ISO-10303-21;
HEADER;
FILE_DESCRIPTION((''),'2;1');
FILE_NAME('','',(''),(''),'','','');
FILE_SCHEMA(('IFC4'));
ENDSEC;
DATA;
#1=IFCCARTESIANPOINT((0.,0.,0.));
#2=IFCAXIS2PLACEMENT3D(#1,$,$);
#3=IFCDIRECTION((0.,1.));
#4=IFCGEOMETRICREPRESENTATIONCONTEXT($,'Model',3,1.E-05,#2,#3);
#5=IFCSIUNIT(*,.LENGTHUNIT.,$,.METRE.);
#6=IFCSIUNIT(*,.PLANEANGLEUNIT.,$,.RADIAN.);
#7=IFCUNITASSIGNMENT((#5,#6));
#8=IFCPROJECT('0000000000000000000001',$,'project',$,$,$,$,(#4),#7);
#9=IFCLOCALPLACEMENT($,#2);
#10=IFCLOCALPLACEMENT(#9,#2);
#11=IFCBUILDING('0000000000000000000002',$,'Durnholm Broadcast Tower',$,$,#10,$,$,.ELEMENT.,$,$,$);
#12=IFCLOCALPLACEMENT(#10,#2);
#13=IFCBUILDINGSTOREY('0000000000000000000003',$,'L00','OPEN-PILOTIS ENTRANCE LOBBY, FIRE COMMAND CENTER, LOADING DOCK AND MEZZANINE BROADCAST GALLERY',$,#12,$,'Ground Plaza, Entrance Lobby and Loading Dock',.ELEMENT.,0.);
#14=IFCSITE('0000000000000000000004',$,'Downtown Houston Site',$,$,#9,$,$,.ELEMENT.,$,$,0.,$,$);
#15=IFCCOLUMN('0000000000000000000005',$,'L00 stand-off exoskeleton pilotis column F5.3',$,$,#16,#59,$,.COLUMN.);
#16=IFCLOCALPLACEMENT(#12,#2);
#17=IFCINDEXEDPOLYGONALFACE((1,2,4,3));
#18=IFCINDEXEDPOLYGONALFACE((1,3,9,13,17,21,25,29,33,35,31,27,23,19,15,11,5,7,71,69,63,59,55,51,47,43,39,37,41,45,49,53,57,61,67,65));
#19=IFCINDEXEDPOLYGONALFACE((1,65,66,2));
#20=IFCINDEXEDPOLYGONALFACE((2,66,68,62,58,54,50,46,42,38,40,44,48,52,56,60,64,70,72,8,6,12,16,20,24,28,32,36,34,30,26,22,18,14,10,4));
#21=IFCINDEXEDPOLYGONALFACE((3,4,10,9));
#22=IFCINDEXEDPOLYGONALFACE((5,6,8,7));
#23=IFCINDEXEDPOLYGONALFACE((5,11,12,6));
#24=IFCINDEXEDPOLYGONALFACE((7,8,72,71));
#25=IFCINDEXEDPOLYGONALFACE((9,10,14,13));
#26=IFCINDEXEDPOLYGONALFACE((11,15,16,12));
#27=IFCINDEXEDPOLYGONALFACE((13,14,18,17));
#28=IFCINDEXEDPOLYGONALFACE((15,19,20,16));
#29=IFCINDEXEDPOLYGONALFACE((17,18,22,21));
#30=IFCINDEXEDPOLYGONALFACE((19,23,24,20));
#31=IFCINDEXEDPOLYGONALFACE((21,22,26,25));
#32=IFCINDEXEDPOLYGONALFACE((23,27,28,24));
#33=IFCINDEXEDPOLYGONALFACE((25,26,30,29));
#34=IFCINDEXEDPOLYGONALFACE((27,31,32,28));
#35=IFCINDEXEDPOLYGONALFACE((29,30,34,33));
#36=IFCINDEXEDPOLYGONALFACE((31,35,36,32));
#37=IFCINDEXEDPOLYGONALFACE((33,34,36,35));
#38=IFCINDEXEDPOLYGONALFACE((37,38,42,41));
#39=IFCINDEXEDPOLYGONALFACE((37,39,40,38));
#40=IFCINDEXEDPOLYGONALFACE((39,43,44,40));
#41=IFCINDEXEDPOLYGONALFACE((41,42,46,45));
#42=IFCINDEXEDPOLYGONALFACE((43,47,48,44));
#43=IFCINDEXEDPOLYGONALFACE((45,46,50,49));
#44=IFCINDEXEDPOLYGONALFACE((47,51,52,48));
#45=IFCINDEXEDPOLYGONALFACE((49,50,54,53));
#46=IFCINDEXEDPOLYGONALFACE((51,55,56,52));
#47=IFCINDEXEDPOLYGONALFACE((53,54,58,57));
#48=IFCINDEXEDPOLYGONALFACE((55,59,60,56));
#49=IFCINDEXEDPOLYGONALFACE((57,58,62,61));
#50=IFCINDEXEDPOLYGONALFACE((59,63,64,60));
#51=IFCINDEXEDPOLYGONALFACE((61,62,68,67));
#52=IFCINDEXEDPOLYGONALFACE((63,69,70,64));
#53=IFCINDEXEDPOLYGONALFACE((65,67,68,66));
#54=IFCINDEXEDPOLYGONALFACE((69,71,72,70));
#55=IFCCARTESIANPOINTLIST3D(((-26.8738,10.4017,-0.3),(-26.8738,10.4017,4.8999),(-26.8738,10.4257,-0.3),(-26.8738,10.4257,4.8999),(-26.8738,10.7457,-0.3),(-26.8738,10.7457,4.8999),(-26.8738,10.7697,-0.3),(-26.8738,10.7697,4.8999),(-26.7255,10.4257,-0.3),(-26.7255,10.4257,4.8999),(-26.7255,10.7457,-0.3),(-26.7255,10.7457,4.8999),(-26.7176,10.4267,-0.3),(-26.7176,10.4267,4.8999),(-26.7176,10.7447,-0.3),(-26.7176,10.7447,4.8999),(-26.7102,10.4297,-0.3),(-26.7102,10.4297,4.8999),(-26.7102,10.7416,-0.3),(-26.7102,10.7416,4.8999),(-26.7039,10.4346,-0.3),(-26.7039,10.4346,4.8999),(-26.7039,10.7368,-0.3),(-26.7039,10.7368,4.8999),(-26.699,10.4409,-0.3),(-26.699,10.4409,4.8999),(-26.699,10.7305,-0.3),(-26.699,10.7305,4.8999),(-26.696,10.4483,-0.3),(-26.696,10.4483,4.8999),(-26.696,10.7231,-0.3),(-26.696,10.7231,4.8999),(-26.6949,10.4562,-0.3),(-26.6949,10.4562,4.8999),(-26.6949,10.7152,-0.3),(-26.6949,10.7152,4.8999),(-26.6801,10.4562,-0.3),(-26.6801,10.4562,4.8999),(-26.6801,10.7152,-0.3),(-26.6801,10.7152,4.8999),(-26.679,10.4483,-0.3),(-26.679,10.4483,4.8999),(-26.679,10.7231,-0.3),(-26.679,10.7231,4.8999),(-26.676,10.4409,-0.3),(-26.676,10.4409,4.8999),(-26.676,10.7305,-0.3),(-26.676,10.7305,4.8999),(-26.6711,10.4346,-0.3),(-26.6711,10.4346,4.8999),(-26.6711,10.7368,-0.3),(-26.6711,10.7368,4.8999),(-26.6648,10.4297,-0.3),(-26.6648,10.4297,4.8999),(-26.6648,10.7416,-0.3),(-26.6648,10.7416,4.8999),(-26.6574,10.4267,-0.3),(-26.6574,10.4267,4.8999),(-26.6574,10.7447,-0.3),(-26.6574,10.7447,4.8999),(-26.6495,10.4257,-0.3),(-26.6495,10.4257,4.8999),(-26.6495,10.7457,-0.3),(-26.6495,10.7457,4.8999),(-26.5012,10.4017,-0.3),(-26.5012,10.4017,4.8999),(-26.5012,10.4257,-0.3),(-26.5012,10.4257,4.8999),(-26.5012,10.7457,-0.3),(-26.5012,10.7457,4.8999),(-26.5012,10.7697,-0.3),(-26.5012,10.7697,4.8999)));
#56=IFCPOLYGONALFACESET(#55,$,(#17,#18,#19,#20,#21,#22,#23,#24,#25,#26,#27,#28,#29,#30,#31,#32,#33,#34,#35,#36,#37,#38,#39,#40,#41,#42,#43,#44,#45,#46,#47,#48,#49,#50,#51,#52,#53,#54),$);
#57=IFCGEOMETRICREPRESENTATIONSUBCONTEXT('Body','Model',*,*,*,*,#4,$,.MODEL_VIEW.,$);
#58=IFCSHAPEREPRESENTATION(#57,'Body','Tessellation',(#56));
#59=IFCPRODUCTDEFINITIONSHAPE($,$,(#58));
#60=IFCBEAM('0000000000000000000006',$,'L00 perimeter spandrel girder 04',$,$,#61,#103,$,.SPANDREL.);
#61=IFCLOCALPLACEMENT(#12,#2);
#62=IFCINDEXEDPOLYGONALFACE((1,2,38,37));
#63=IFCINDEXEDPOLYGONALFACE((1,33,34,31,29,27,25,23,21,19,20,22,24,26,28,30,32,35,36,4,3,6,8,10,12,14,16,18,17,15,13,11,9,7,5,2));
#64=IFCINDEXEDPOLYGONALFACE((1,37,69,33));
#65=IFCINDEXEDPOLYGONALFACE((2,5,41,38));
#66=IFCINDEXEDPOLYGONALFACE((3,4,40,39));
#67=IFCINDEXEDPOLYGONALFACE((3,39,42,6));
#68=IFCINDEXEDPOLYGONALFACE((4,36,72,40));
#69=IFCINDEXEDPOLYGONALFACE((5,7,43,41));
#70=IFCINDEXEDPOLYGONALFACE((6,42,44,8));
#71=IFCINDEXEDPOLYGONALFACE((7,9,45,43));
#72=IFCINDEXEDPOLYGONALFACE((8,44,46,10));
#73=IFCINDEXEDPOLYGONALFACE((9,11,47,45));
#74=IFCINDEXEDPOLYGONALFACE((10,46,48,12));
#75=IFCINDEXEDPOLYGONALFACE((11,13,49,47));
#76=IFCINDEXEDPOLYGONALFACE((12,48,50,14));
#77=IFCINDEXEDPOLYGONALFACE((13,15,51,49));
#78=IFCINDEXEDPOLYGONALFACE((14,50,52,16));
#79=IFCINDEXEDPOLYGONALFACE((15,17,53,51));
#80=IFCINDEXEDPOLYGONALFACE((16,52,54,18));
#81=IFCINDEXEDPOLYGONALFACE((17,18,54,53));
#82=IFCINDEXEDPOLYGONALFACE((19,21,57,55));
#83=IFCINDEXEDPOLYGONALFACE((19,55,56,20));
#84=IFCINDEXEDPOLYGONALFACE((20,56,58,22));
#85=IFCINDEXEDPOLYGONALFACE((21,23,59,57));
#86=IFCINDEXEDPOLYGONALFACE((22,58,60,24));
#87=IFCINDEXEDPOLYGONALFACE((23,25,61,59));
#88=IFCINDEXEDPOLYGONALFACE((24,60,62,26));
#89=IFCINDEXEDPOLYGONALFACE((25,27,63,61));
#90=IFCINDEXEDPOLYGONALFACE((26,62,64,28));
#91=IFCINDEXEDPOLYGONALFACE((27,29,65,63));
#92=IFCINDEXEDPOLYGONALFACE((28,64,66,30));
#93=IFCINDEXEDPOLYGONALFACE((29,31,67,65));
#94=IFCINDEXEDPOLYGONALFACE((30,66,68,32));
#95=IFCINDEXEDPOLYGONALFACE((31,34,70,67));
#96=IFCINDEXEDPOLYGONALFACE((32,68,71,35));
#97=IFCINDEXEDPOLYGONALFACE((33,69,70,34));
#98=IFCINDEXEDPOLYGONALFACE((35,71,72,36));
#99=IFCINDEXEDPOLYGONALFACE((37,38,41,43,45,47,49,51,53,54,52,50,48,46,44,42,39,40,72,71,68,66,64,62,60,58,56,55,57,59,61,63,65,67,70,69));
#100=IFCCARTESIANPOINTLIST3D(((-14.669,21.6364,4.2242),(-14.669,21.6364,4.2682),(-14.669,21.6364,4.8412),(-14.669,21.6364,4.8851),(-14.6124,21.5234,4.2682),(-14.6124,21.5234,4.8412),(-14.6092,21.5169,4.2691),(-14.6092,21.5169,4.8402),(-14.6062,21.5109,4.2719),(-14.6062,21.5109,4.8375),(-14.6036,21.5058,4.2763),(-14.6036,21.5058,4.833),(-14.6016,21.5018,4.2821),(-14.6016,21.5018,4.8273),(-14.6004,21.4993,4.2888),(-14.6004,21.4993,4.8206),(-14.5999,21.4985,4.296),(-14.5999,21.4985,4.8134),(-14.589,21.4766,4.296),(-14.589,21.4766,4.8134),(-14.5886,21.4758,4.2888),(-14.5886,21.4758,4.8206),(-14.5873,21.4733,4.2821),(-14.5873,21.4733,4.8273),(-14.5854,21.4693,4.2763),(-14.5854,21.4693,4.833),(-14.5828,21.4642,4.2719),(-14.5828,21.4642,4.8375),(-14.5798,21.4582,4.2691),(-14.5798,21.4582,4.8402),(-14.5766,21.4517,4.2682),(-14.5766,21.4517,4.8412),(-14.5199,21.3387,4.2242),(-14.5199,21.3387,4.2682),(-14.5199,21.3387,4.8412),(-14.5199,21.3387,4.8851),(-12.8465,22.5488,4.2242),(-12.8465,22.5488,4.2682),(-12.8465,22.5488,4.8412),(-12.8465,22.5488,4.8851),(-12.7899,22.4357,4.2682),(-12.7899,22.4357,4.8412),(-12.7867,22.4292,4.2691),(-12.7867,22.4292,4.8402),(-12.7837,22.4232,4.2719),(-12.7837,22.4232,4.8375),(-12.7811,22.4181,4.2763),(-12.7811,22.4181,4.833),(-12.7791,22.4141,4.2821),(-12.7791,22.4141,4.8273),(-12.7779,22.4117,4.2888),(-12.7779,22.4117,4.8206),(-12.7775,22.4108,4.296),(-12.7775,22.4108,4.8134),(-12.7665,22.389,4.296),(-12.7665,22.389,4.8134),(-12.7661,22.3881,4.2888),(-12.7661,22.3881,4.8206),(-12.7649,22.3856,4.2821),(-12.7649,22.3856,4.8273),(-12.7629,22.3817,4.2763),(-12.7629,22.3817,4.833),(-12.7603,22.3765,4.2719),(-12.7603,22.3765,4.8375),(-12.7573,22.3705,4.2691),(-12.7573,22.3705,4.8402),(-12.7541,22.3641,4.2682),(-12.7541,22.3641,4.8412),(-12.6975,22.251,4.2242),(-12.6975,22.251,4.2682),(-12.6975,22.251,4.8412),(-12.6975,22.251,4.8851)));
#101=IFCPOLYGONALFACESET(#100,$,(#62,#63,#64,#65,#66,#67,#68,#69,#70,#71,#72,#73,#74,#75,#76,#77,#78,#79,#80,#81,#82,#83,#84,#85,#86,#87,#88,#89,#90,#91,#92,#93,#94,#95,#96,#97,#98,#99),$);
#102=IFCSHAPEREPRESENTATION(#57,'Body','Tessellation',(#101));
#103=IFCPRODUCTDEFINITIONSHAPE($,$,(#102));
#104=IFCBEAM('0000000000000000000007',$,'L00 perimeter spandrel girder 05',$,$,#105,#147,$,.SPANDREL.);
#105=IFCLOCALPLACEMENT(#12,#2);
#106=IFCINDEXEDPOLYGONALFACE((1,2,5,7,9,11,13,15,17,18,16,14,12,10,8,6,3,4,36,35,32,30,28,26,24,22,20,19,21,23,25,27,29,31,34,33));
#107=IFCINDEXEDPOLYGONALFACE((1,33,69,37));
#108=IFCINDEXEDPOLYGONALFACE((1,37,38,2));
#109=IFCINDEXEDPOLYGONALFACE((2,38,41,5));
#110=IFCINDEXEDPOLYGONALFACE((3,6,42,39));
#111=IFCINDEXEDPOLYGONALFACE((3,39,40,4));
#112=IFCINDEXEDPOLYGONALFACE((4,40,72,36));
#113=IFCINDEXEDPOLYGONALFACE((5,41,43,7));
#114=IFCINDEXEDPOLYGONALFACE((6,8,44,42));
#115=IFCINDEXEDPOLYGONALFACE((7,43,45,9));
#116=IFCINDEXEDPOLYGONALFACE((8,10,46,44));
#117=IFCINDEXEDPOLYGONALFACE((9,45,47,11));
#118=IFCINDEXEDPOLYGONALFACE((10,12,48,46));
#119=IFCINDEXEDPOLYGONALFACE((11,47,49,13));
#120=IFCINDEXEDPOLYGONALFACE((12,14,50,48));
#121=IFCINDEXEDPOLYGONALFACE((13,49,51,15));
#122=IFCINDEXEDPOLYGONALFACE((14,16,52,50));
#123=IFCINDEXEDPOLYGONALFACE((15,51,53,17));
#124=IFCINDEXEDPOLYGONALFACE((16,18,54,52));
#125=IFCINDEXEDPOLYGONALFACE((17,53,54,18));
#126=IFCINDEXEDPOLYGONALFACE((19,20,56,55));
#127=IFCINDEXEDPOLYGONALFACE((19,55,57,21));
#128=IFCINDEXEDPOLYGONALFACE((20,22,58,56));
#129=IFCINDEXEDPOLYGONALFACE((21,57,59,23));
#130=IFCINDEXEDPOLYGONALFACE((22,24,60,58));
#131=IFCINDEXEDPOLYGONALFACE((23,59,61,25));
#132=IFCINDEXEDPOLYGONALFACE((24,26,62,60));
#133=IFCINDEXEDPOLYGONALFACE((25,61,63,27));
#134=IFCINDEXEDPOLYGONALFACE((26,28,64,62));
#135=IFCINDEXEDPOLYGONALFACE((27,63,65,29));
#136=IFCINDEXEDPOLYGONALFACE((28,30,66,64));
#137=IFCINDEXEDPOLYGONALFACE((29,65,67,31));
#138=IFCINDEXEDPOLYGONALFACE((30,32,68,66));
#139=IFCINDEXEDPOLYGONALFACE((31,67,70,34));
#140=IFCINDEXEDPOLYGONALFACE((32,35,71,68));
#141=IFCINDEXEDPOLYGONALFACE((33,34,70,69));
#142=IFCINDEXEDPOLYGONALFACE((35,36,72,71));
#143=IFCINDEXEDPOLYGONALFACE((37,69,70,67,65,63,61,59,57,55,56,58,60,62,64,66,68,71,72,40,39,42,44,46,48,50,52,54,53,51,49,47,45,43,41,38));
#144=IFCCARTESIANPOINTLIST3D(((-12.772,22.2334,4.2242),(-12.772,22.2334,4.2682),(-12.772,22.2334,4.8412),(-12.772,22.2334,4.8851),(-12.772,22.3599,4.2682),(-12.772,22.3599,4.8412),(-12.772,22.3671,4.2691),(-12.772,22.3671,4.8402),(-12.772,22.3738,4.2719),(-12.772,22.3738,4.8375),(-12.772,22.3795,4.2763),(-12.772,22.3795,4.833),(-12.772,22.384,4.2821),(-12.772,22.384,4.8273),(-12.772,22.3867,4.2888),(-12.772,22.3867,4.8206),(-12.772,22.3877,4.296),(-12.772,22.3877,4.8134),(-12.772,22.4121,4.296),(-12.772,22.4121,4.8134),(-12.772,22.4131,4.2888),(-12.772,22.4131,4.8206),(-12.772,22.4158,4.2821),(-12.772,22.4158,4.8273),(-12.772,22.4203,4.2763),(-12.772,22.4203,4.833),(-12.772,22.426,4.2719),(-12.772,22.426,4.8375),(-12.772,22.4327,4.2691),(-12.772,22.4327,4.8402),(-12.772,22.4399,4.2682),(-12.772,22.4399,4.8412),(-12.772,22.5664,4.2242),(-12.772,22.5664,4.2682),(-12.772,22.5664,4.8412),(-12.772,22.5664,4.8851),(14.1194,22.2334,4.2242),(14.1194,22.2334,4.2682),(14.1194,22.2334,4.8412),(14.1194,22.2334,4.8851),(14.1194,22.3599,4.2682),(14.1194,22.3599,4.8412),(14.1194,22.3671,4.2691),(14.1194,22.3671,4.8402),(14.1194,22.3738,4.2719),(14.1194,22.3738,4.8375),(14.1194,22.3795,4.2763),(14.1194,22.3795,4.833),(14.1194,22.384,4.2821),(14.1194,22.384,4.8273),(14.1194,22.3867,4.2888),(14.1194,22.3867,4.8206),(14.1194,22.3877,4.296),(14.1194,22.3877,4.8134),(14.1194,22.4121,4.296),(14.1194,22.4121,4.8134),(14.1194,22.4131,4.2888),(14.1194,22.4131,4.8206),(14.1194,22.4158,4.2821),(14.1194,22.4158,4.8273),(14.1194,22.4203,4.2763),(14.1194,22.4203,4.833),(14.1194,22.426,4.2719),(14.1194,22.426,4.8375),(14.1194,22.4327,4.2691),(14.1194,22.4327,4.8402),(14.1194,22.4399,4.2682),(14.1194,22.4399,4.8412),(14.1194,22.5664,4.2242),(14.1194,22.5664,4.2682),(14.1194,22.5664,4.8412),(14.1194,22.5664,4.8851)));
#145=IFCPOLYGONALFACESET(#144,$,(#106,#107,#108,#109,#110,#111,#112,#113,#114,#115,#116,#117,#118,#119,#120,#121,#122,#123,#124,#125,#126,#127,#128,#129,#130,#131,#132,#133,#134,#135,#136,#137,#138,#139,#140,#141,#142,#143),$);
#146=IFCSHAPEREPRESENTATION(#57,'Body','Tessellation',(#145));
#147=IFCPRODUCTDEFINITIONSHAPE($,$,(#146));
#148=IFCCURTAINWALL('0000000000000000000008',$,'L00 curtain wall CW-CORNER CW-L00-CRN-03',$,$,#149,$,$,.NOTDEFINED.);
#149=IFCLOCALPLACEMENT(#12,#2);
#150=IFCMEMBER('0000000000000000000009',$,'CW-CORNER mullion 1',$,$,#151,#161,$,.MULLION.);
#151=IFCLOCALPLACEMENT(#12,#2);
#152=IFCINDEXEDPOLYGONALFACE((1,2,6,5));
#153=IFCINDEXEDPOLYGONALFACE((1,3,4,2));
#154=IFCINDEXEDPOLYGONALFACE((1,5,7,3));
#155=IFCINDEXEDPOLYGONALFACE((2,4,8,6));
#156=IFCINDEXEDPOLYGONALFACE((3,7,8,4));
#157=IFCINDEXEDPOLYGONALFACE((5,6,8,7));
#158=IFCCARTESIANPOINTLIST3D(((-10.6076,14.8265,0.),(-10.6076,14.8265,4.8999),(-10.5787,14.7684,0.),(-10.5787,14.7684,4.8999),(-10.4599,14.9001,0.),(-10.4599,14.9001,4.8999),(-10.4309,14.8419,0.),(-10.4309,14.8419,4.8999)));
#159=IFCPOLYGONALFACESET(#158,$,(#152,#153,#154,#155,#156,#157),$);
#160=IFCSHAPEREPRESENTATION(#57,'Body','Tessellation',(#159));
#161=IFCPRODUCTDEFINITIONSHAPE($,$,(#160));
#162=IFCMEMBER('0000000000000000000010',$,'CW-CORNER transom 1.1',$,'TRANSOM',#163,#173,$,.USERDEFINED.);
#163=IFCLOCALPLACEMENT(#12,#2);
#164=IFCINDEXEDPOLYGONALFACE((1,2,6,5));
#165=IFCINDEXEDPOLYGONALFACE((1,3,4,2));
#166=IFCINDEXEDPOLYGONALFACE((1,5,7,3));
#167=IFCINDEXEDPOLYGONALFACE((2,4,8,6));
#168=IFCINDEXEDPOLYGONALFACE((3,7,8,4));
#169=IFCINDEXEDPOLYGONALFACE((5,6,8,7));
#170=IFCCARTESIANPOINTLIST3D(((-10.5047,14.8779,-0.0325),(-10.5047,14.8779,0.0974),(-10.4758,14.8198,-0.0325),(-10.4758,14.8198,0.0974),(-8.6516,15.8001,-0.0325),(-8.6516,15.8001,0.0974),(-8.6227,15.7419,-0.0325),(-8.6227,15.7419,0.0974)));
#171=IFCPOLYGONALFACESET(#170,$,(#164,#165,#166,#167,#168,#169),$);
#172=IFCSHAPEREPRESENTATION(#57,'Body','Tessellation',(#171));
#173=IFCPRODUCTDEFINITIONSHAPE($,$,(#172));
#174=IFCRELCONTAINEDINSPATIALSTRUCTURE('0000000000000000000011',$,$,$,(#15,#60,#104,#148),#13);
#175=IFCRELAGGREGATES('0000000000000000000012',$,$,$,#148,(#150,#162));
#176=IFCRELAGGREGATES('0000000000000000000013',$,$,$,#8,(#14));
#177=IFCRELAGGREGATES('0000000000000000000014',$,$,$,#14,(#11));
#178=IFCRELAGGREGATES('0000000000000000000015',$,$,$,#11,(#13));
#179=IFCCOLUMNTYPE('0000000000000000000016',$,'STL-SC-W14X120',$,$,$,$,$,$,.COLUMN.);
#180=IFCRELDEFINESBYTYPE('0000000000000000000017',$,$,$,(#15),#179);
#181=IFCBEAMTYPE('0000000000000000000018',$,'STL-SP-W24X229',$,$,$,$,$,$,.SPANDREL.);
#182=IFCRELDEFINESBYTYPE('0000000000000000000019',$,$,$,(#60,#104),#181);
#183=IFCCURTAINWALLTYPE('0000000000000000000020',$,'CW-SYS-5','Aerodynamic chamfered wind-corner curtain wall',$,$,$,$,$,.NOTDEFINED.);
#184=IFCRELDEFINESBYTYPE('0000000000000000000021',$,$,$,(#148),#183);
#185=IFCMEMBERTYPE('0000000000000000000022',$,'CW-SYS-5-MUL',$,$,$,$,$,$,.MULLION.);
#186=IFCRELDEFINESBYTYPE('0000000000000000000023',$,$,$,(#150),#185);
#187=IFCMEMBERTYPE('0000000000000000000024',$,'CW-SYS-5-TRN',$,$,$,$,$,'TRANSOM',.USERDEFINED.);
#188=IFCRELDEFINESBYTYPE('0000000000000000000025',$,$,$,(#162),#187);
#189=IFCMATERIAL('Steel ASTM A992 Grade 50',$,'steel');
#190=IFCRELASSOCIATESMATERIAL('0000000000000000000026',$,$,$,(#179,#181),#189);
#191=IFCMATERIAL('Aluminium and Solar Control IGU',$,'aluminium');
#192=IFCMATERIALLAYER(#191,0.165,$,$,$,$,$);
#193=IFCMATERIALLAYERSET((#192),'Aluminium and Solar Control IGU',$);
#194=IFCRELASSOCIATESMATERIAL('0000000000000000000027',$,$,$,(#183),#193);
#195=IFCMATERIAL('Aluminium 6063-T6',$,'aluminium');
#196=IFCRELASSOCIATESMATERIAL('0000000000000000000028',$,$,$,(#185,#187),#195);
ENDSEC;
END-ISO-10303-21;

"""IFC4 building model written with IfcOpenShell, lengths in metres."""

from ifc_helpers import new_model, si_unit, direction, frame, origin, origin_2d, place, context, subcontext, project, spatial, rectangle, i_section, extrude, source, transform, mapped, material, layer, layer_set, material_profile, profile_set, type_object, type_shapes, element, aggregate, save


model = new_model("IFC4")

# Units and contexts
model_context = context("Model", 3, precision=1e-05, world=origin(), true_north=direction((0.0, 1.0)))
body_context = subcontext(model_context, "Body", "Model", "MODEL_VIEW")
ifc_project = project(units=[si_unit("LENGTHUNIT", "METRE"), si_unit("PLANEANGLEUNIT", "RADIAN")], contexts=[model_context])

# Site, building, storey
site_placement = place(None, origin())
site = spatial("IfcSite", under=ifc_project, at=site_placement, Name="Downtown Houston Site", CompositionType="ELEMENT", RefElevation=0.0)
building_placement = place(site_placement, origin())
building = spatial("IfcBuilding", under=site, at=building_placement, Name="Durnholm Broadcast Tower", CompositionType="ELEMENT")
storey_placement = place(building_placement, origin())
storey = spatial("IfcBuildingStorey", under=building, at=storey_placement, Name="L00", Description="OPEN-PILOTIS ENTRANCE LOBBY, FIRE COMMAND CENTER, LOADING DOCK AND MEZZANINE BROADCAST GALLERY", LongName="Ground Plaza, Entrance Lobby and Loading Dock", CompositionType="ELEMENT", Elevation=0.0)

# Column
ifc_material_1 = material(Name="Steel ASTM A992 Grade 50", Category="steel")
ifc_material_profile_1 = material_profile(ifc_material_1, i_section(OverallWidth=0.3726, OverallDepth=0.3679, WebThickness=0.0149, FlangeThickness=0.0239, FilletRadius=0.0305, at=origin_2d()), Name="W14X120")
ifc_profile_set_1 = profile_set([ifc_material_profile_1], Name="Steel ASTM A992 Grade 50")
column_type_1 = type_object("IfcColumnType", Name="STL-SC-W14X120", PredefinedType="COLUMN", material=ifc_profile_set_1)
shared_shape_1 = source(origin(), body_context, "Body", "SweptSolid", [
    extrude(i_section(OverallWidth=0.3726, OverallDepth=0.3679, WebThickness=0.0149, FlangeThickness=0.0239, FilletRadius=0.0305, at=origin_2d()), origin(), (0.0, 0.0, 1.0), 5.2),
])
type_shapes(column_type_1, [shared_shape_1])
for number, where, z_axis, x_axis, name in (
    (1, (-26.6875, 10.5857, -0.3), (0.0, 0.0, 1.0), (1.0, 0.0, 0.0), "L00 stand-off exoskeleton pilotis column F5.3"),
):
    element("IfcColumn", number, at=place(storey_placement, frame(where, z_axis=z_axis, x_axis=x_axis)), inside=storey, type_object=column_type_1, Name=name, PredefinedType="COLUMN", context=body_context, shape_type="MappedRepresentation", body=[
        mapped(shared_shape_1, transform((0.0, 0.0, 0.0), x_axis=(1.0, 0.0, 0.0), y_axis=(0.0, 1.0, 0.0), z_axis=(0.0, 0.0, 1.0), scale=1.0)),
    ])

# Beams
ifc_material_profile_2 = material_profile(ifc_material_1, i_section(OverallWidth=0.333, OverallDepth=0.6609, WebThickness=0.0244, FlangeThickness=0.0439, FilletRadius=0.0278, at=origin_2d()), Name="W24X229")
ifc_profile_set_2 = profile_set([ifc_material_profile_2], Name="Steel ASTM A992 Grade 50")
beam_type = type_object("IfcBeamType", Name="STL-SP-W24X229", PredefinedType="SPANDREL", material=ifc_profile_set_2)
shared_shape_2 = source(origin(), body_context, "Body", "SweptSolid", [
    extrude(i_section(OverallWidth=0.333, OverallDepth=0.6609, WebThickness=0.0244, FlangeThickness=0.0439, FilletRadius=0.0278, at=origin_2d()), origin(), (0.0, 0.0, 1.0), 2.0381),
])
beam_1_placement = place(storey_placement, frame((-14.5945, 21.4875, 4.5547), z_axis=(0.894211, 0.447645, 0.0), x_axis=(-0.447645, 0.894211, 0.0)))
element("IfcBeam", 2, at=beam_1_placement, inside=storey, type_object=beam_type, Name="L00 perimeter spandrel girder 04", PredefinedType="SPANDREL", context=body_context, shape_type="MappedRepresentation", body=[
    mapped(shared_shape_2, transform((0.0, 0.0, 0.0), x_axis=(1.0, 0.0, 0.0), y_axis=(0.0, 1.0, 0.0), z_axis=(0.0, 0.0, 1.0), scale=1.0)),
])
shared_shape_3 = source(origin(), body_context, "Body", "SweptSolid", [
    extrude(i_section(OverallWidth=0.333, OverallDepth=0.6609, WebThickness=0.0244, FlangeThickness=0.0439, FilletRadius=0.0278, at=origin_2d()), origin(), (0.0, 0.0, 1.0), 26.8914),
])
type_shapes(beam_type, [shared_shape_2, shared_shape_3])
beam_2_placement = place(storey_placement, frame((-12.772, 22.3999, 4.5547), z_axis=(1.0, 0.0, 0.0), x_axis=(0.0, 1.0, 0.0)))
element("IfcBeam", 3, at=beam_2_placement, inside=storey, type_object=beam_type, Name="L00 perimeter spandrel girder 05", PredefinedType="SPANDREL", context=body_context, shape_type="MappedRepresentation", body=[
    mapped(shared_shape_3, transform((0.0, 0.0, 0.0), x_axis=(1.0, 0.0, 0.0), y_axis=(0.0, 1.0, 0.0), z_axis=(0.0, 0.0, 1.0), scale=1.0)),
])

# Curtain wall, members
ifc_material_2 = material(Name="Aluminium and Solar Control IGU", Category="aluminium")
ifc_layer_1 = layer(ifc_material_2, 0.165)
ifc_layer_set_1 = layer_set([ifc_layer_1], Name="Aluminium and Solar Control IGU")
curtain_wall_type = type_object("IfcCurtainWallType", Name="CW-SYS-5", Description="Aerodynamic chamfered wind-corner curtain wall", PredefinedType="NOTDEFINED", material=ifc_layer_set_1)
curtain_wall_placement = place(storey_placement, origin())
curtain_wall = element("IfcCurtainWall", 4, at=curtain_wall_placement, inside=storey, type_object=curtain_wall_type, Name="L00 curtain wall CW-CORNER CW-L00-CRN-03", PredefinedType="NOTDEFINED")
ifc_material_3 = material(Name="Aluminium 6063-T6", Category="aluminium")
ifc_material_profile_3 = material_profile(ifc_material_3, rectangle(XDim=0.0649, YDim=0.165, at=origin_2d()), Name="CWM65X165")
ifc_profile_set_3 = profile_set([ifc_material_profile_3], Name="Aluminium 6063-T6")
member_type_1 = type_object("IfcMemberType", Name="CW-SYS-5-MUL", PredefinedType="MULLION", material=ifc_profile_set_3)
shared_shape_4 = source(origin(), body_context, "Body", "SweptSolid", [
    extrude(rectangle(XDim=0.0649, YDim=0.165, at=origin_2d()), origin(), (0.0, 0.0, 1.0), 4.8999),
])
type_shapes(member_type_1, [shared_shape_4])
member_1_placement = place(storey_placement, frame((-10.5193, 14.8342, 0.0), z_axis=(0.0, 0.0, 1.0), x_axis=(-0.445558, 0.895253, 0.0)))
member_1 = element("IfcMember", 5, at=member_1_placement, type_object=member_type_1, Name="CW-CORNER mullion 1", PredefinedType="MULLION", context=body_context, shape_type="MappedRepresentation", body=[
    mapped(shared_shape_4, transform((0.0, 0.0, 0.0), x_axis=(1.0, 0.0, 0.0), y_axis=(0.0, 1.0, 0.0), z_axis=(0.0, 0.0, 1.0), scale=1.0)),
])
ifc_material_profile_4 = material_profile(ifc_material_3, rectangle(XDim=0.0649, YDim=0.1299, at=origin_2d()), Name="CWT65X130")
ifc_profile_set_4 = profile_set([ifc_material_profile_4], Name="Aluminium 6063-T6")
member_type_2 = type_object("IfcMemberType", Name="CW-SYS-5-TRN", ElementType="TRANSOM", PredefinedType="USERDEFINED", material=ifc_profile_set_4)
shared_shape_5 = source(origin(), body_context, "Body", "SweptSolid", [
    extrude(rectangle(XDim=0.0649, YDim=0.1299, at=origin_2d()), origin(), (0.0, 0.0, 1.0), 2.0698),
])
type_shapes(member_type_2, [shared_shape_5])
member_2_placement = place(storey_placement, frame((-10.4902, 14.8489, 0.0325), z_axis=(0.895275, 0.445514, 0.0), x_axis=(-0.445514, 0.895275, 0.0)))
member_2 = element("IfcMember", 6, at=member_2_placement, type_object=member_type_2, Name="CW-CORNER transom 1.1", ObjectType="TRANSOM", PredefinedType="USERDEFINED", context=body_context, shape_type="MappedRepresentation", body=[
    mapped(shared_shape_5, transform((0.0, 0.0, 0.0), x_axis=(1.0, 0.0, 0.0), y_axis=(0.0, 1.0, 0.0), z_axis=(0.0, 0.0, 1.0), scale=1.0)),
])
aggregate(curtain_wall, [member_1, member_2])

save(model, "model.ifc")
